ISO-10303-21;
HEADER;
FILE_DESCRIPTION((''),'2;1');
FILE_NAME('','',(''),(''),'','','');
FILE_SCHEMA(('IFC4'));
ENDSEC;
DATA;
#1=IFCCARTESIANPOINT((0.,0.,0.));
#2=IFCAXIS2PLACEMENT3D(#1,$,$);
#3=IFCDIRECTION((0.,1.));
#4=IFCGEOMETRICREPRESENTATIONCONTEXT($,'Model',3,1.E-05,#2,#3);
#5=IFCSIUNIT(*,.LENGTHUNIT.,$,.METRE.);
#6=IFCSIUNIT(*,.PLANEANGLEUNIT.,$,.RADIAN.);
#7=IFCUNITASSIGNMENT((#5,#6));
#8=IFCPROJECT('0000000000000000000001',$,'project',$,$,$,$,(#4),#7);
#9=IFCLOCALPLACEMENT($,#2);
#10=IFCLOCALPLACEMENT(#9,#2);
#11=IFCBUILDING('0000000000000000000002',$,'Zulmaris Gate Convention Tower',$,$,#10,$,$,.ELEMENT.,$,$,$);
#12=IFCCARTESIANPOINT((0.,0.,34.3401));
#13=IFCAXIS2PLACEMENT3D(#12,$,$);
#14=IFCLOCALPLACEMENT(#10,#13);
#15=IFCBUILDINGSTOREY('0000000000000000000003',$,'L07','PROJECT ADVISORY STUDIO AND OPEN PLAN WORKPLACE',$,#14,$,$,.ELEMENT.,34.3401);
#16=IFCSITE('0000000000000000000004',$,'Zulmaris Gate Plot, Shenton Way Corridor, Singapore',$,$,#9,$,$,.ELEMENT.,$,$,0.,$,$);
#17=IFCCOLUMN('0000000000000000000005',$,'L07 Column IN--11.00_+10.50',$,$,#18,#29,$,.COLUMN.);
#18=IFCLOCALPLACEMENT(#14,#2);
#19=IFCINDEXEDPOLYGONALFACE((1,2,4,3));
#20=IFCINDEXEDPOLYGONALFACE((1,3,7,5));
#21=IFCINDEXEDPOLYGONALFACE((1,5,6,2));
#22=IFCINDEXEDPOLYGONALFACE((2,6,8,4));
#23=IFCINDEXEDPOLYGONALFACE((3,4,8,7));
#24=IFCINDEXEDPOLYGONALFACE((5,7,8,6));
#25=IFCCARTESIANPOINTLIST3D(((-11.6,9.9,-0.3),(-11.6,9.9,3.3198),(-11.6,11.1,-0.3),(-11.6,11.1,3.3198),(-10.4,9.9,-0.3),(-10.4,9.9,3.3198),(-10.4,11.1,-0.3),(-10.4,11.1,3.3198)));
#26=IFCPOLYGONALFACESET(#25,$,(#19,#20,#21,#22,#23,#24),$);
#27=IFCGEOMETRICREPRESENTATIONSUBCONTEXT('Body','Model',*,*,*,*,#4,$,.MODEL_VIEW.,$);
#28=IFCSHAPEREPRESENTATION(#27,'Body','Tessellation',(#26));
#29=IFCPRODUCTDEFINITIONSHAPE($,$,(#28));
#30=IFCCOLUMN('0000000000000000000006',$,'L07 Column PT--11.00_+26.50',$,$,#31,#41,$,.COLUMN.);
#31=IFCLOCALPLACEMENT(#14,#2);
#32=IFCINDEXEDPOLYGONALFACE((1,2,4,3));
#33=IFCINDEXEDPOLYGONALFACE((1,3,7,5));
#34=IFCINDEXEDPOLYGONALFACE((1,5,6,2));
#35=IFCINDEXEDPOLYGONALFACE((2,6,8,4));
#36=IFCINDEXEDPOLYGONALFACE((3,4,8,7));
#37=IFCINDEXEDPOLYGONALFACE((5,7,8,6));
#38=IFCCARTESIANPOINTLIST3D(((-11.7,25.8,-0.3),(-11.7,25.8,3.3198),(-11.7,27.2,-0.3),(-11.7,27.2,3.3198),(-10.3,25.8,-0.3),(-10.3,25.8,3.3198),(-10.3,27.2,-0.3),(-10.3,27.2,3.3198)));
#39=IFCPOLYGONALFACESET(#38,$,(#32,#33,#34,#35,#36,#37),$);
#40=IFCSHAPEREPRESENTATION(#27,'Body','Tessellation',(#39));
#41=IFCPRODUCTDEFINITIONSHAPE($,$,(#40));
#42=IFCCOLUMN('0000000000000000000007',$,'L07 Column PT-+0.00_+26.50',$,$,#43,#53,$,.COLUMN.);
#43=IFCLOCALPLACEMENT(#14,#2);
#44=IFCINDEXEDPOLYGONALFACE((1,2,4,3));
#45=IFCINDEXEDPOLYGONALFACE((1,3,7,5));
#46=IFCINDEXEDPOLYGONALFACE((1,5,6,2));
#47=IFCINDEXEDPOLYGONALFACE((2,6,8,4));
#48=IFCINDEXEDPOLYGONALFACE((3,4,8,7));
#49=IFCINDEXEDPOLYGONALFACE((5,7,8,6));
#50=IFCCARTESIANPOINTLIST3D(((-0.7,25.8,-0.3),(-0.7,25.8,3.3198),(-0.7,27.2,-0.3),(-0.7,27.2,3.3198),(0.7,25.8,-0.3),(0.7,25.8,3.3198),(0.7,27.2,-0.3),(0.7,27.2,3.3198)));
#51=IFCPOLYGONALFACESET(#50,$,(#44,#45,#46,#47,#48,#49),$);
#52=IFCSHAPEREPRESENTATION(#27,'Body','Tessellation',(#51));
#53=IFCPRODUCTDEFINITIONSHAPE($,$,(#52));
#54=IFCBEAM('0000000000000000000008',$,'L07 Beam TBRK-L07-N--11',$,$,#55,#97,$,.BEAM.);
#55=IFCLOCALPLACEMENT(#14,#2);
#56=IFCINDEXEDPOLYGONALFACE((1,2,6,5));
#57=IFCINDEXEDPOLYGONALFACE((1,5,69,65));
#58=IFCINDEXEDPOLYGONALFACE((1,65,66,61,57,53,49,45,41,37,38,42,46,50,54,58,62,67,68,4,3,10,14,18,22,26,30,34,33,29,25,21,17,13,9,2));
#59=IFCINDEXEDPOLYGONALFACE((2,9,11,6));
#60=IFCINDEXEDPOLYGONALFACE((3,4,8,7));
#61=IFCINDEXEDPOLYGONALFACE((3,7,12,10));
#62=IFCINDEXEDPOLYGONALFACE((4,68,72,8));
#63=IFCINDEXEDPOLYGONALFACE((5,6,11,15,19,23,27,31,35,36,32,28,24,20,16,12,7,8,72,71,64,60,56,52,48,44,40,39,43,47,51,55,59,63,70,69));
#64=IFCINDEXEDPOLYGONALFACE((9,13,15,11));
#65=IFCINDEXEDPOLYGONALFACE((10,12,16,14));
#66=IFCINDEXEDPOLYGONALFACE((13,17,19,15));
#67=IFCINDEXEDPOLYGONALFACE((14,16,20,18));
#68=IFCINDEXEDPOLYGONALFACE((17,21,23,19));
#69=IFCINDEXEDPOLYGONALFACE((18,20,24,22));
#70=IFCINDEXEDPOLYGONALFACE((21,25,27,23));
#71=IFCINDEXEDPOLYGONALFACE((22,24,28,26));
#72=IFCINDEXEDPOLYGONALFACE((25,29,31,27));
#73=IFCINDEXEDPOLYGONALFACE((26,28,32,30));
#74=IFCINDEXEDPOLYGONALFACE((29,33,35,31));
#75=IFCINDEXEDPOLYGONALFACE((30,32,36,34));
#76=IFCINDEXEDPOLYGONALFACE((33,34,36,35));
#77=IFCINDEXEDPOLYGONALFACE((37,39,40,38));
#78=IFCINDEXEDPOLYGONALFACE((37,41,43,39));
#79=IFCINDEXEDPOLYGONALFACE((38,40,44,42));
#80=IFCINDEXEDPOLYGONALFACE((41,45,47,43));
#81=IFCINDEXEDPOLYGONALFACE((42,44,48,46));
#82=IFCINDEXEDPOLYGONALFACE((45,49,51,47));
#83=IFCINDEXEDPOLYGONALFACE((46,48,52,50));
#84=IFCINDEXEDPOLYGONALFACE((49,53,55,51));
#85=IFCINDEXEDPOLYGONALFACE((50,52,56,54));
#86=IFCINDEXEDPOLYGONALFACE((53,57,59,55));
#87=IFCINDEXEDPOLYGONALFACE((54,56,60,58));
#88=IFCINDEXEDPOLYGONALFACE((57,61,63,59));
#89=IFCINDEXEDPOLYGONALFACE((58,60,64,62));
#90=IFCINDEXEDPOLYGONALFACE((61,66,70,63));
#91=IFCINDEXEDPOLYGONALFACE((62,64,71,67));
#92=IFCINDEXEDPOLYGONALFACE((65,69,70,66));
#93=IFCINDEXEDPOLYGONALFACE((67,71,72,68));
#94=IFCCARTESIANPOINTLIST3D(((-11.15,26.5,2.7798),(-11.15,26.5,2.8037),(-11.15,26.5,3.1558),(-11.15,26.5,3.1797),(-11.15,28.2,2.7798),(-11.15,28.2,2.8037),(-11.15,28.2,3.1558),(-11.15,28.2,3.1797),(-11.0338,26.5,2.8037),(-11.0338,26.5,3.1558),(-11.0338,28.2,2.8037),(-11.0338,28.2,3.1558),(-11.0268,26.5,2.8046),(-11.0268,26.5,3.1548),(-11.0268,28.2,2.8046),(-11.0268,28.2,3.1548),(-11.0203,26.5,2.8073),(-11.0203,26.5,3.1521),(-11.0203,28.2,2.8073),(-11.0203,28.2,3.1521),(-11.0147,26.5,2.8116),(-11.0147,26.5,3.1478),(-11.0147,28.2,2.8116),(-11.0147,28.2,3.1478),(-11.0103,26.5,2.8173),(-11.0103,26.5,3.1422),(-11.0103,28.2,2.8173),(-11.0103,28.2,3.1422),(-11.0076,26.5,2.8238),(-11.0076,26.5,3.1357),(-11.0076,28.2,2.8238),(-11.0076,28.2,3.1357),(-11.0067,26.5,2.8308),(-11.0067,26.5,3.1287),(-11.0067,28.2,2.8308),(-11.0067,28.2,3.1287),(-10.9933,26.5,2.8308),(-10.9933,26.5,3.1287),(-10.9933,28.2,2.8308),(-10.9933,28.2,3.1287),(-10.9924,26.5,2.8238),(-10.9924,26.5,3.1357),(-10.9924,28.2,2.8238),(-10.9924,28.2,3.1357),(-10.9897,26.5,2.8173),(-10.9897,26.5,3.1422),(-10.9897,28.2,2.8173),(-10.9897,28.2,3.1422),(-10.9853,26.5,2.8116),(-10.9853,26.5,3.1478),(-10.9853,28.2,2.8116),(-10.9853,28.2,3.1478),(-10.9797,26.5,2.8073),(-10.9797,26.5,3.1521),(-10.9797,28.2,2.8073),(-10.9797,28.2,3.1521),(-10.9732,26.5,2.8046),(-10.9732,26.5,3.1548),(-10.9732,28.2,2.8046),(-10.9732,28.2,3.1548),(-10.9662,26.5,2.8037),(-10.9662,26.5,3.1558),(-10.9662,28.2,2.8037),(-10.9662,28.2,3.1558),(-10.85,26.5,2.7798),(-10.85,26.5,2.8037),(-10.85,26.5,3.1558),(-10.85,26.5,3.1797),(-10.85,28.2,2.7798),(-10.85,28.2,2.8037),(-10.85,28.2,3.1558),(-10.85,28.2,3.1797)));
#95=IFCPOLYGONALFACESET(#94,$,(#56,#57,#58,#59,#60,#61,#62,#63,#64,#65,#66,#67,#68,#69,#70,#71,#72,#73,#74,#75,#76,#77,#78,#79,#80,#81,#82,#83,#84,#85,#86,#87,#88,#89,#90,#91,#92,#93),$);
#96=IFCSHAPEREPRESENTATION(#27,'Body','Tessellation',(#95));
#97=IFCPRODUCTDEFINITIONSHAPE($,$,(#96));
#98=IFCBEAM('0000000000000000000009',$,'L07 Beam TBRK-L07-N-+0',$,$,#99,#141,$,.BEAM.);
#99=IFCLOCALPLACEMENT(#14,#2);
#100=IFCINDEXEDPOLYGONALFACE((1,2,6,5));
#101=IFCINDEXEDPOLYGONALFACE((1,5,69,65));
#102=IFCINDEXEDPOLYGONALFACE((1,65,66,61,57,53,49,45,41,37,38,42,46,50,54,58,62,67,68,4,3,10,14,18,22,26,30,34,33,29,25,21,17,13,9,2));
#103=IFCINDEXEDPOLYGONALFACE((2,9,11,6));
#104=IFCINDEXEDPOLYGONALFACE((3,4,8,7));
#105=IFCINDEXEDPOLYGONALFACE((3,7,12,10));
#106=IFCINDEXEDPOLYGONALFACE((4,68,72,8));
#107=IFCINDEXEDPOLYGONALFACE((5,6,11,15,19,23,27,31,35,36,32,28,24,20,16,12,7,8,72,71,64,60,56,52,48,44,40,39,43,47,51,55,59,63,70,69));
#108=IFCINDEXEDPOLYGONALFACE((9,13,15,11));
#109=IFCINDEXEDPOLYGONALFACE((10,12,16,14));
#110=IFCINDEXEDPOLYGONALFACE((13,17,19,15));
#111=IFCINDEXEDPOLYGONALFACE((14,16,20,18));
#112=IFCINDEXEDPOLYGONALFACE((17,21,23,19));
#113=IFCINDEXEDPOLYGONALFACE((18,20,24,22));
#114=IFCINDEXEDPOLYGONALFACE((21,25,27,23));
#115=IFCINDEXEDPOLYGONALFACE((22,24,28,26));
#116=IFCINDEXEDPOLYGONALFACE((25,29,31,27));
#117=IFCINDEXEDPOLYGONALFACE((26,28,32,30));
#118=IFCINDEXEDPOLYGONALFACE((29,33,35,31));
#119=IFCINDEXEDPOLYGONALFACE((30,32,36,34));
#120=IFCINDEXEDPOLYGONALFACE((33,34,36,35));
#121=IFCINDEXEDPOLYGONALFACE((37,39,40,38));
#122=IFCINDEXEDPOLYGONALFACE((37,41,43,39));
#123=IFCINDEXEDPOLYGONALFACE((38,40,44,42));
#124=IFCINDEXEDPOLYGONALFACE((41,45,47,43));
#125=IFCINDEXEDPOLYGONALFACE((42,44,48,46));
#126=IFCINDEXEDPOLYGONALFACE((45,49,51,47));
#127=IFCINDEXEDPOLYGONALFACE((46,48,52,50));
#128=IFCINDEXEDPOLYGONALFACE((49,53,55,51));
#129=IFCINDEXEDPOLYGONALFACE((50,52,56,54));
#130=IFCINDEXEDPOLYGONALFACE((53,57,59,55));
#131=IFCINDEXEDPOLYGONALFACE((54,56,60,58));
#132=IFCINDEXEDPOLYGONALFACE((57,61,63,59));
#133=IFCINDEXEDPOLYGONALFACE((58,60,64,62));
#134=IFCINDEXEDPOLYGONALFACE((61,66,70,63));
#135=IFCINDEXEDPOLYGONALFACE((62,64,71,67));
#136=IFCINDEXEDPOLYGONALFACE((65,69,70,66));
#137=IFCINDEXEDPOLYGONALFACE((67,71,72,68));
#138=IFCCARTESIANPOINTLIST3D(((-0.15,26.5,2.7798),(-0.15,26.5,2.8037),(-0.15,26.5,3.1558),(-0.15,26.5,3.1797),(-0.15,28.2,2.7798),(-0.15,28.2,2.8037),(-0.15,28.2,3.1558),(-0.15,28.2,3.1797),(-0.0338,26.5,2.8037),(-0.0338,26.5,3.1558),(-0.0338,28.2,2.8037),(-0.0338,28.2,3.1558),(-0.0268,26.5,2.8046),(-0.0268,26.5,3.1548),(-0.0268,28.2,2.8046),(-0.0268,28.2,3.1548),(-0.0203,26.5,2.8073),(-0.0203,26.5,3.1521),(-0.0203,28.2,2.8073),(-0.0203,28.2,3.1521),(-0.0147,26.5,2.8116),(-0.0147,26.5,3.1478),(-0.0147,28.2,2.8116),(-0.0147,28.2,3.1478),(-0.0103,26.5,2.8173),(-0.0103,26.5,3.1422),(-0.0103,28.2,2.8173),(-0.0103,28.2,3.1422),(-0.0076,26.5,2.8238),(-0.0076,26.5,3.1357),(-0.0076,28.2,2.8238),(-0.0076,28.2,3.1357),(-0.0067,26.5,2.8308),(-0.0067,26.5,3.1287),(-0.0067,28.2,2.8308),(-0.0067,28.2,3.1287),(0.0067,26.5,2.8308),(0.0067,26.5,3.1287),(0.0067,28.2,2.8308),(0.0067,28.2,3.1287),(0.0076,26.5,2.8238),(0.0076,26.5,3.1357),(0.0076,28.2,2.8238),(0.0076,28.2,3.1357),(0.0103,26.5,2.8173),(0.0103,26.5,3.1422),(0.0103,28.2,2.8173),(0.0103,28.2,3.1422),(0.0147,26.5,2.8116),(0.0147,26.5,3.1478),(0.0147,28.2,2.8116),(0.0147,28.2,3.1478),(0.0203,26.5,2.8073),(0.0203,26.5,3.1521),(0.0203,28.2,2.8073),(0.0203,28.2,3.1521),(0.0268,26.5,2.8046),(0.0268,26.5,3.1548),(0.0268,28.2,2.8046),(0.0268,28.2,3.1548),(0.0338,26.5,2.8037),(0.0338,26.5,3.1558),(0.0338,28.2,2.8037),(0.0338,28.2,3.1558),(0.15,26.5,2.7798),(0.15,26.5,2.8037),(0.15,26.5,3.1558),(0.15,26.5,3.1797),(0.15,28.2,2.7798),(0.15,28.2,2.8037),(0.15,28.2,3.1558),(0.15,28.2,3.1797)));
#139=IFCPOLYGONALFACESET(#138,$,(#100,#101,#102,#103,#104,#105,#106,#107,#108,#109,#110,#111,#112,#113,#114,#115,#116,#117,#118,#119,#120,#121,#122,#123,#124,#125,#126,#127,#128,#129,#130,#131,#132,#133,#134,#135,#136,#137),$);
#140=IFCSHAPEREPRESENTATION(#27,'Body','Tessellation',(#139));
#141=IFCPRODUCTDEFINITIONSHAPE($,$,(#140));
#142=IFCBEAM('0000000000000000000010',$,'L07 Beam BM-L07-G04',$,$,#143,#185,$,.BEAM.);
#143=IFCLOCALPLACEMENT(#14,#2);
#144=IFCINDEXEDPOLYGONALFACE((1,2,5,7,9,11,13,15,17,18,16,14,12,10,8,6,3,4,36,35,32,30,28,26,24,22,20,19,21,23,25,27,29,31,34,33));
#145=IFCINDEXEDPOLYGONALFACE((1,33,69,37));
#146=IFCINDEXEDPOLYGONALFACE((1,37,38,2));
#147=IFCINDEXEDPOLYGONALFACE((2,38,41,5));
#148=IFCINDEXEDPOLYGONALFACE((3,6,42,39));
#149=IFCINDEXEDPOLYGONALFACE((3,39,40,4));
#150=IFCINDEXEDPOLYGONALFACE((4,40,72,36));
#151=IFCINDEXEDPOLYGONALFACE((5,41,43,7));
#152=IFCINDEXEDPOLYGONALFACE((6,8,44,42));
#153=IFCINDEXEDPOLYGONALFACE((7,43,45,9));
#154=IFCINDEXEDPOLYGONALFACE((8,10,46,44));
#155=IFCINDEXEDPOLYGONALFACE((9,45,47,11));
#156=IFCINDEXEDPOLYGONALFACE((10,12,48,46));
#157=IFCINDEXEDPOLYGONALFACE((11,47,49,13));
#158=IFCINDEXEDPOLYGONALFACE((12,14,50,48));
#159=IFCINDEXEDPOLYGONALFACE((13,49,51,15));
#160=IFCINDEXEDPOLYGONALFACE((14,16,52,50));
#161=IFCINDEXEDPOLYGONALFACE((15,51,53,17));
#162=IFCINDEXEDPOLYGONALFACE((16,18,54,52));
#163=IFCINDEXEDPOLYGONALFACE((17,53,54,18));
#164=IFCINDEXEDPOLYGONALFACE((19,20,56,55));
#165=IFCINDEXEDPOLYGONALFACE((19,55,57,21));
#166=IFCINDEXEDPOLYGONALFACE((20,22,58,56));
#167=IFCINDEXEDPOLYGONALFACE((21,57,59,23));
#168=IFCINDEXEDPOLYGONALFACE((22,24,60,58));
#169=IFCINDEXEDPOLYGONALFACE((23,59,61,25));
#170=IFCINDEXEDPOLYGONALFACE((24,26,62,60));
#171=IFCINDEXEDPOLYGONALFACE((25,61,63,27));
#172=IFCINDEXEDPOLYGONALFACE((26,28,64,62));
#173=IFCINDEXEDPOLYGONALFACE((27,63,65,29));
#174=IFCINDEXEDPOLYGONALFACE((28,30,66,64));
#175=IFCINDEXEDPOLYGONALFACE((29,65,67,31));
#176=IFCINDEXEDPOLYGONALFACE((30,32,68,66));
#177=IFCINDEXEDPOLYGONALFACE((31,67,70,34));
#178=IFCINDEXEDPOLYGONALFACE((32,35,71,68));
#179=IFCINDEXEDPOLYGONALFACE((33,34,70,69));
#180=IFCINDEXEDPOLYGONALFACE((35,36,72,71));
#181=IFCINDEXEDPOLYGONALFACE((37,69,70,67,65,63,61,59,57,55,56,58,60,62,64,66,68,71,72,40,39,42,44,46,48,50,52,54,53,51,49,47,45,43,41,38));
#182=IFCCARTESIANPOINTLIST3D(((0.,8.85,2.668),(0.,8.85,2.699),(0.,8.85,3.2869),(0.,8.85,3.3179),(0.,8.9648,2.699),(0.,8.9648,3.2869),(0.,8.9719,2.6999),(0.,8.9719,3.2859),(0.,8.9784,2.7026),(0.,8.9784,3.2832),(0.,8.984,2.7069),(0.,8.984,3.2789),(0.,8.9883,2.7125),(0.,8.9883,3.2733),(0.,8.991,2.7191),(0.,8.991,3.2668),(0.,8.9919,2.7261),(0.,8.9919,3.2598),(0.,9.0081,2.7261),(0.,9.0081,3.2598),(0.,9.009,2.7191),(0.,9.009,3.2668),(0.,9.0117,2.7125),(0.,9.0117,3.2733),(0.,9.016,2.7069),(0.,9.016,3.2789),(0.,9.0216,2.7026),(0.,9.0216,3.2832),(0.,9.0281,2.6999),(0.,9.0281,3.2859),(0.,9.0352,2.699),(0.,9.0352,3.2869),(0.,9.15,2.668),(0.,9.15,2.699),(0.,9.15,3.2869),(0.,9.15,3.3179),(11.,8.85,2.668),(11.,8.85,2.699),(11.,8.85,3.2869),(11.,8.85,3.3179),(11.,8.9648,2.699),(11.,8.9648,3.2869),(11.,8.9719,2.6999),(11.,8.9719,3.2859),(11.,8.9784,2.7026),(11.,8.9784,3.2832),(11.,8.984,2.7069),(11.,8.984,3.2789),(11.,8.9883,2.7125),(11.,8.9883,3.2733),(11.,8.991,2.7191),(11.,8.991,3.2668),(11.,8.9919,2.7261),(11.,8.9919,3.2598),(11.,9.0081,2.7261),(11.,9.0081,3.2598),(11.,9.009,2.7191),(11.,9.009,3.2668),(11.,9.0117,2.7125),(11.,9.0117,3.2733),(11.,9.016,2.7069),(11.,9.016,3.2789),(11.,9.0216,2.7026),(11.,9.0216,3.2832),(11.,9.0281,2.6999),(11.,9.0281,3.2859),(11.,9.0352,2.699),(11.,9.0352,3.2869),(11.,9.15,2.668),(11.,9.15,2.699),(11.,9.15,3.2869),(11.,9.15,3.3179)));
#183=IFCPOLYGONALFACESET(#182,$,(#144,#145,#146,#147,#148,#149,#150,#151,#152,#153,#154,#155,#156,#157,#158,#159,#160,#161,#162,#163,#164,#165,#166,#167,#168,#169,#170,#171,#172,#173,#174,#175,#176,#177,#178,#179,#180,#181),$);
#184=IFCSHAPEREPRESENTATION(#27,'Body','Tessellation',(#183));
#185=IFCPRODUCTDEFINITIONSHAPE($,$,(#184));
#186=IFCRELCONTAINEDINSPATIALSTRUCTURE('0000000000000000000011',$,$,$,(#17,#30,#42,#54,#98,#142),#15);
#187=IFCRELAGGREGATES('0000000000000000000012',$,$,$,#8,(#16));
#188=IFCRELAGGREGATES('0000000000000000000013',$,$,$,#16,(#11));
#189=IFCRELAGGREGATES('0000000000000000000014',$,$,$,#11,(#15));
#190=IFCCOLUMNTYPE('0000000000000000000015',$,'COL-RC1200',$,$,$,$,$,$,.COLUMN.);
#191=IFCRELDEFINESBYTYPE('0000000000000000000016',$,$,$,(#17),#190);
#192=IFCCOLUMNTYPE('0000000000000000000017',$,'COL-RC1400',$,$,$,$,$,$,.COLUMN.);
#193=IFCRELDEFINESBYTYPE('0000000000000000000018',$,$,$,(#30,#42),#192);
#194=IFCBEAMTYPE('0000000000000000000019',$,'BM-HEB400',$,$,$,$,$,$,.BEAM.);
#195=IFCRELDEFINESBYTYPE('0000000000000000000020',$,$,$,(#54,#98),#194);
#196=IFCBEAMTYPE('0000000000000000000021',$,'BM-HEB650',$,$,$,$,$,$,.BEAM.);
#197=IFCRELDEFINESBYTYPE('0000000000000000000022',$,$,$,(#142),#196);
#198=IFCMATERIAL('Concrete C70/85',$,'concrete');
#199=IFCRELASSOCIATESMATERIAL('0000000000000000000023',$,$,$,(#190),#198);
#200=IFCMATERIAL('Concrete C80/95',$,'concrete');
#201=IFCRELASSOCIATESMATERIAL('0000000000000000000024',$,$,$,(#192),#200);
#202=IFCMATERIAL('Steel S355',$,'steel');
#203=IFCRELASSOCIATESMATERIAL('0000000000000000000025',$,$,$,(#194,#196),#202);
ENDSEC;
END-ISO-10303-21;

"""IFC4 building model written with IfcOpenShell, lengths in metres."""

from ifc_helpers import new_model, si_unit, direction, frame, origin, origin_2d, place, context, subcontext, project, spatial, rectangle, i_section, extrude, material, material_profile, profile_set, type_object, element, save


model = new_model("IFC4")

# Units and contexts
model_context = context("Model", 3, precision=1e-05, world=origin(), true_north=direction((0.0, 1.0)))
body_context = subcontext(model_context, "Body", "Model", "MODEL_VIEW")
ifc_project = project(units=[si_unit("LENGTHUNIT", "METRE"), si_unit("PLANEANGLEUNIT", "RADIAN")], contexts=[model_context])

# Site, building, storey
site_placement = place(None, origin())
site = spatial("IfcSite", under=ifc_project, at=site_placement, Name="Zulmaris Gate Plot, Shenton Way Corridor, Singapore", CompositionType="ELEMENT", RefElevation=0.0)
building_placement = place(site_placement, origin())
building = spatial("IfcBuilding", under=site, at=building_placement, Name="Zulmaris Gate Convention Tower", CompositionType="ELEMENT")
storey_placement = place(building_placement, frame((0.0, 0.0, 34.3401)))
storey = spatial("IfcBuildingStorey", under=building, at=storey_placement, Name="L07", Description="PROJECT ADVISORY STUDIO AND OPEN PLAN WORKPLACE", CompositionType="ELEMENT", Elevation=34.3401)

# Columns
ifc_material_1 = material(Name="Concrete C70/85", Category="concrete")
ifc_material_profile_1 = material_profile(ifc_material_1, rectangle(XDim=1.2, YDim=1.2, at=origin_2d()), Name="RC COL 1200x1200")
ifc_profile_set_1 = profile_set([ifc_material_profile_1], Name="Concrete C70/85")
column_type_1 = type_object("IfcColumnType", Name="COL-RC1200", PredefinedType="COLUMN", material=ifc_profile_set_1)
column_placement = place(storey_placement, frame((-11.0, 10.5, -0.3), z_axis=(0.0, 0.0, 1.0), x_axis=(1.0, 0.0, 0.0)))
element("IfcColumn", 1, at=column_placement, inside=storey, type_object=column_type_1, Name="L07 Column IN--11.00_+10.50", PredefinedType="COLUMN", context=body_context, shape_type="SweptSolid", body=[
    extrude(rectangle(XDim=1.2, YDim=1.2, at=origin_2d()), origin(), (0.0, 0.0, 1.0), 3.6199),
])
ifc_material_2 = material(Name="Concrete C80/95", Category="concrete")
ifc_material_profile_2 = material_profile(ifc_material_2, rectangle(XDim=1.3999, YDim=1.3999, at=origin_2d()), Name="RC COL 1400x1400")
ifc_profile_set_2 = profile_set([ifc_material_profile_2], Name="Concrete C80/95")
column_type_2 = type_object("IfcColumnType", Name="COL-RC1400", PredefinedType="COLUMN", material=ifc_profile_set_2)
for number, where, z_axis, x_axis, name in (
    (2, (-11.0, 26.5, -0.3), (0.0, 0.0, 1.0), (1.0, 0.0, 0.0), "L07 Column PT--11.00_+26.50"),
    (3, (0.0, 26.5, -0.3), (0.0, 0.0, 1.0), (1.0, 0.0, 0.0), "L07 Column PT-+0.00_+26.50"),
):
    element("IfcColumn", number, at=place(storey_placement, frame(where, z_axis=z_axis, x_axis=x_axis)), inside=storey, type_object=column_type_2, Name=name, PredefinedType="COLUMN", context=body_context, shape_type="SweptSolid", body=[
        extrude(rectangle(XDim=1.3999, YDim=1.3999, at=origin_2d()), origin(), (0.0, 0.0, 1.0), 3.6199),
    ])

# Beams
ifc_material_3 = material(Name="Steel S355", Category="steel")
ifc_material_profile_3 = material_profile(ifc_material_3, i_section(OverallWidth=0.3, OverallDepth=0.3999, WebThickness=0.0134, FlangeThickness=0.0239, FilletRadius=0.0271, at=origin_2d()), Name="HEB 400")
ifc_profile_set_3 = profile_set([ifc_material_profile_3], Name="Steel S355")
beam_type_1 = type_object("IfcBeamType", Name="BM-HEB400", PredefinedType="BEAM", material=ifc_profile_set_3)
for number, where, z_axis, x_axis, name in (
    (4, (-11.0, 26.5, 2.9797), (0.0, 1.0, 0.0), (-1.0, 0.0, 0.0), "L07 Beam TBRK-L07-N--11"),
    (5, (0.0, 26.5, 2.9797), (0.0, 1.0, 0.0), (-1.0, 0.0, 0.0), "L07 Beam TBRK-L07-N-+0"),
):
    element("IfcBeam", number, at=place(storey_placement, frame(where, z_axis=z_axis, x_axis=x_axis)), inside=storey, type_object=beam_type_1, Name=name, PredefinedType="BEAM", context=body_context, shape_type="SweptSolid", body=[
        extrude(i_section(OverallWidth=0.3, OverallDepth=0.3999, WebThickness=0.0134, FlangeThickness=0.0239, FilletRadius=0.0271, at=origin_2d()), origin(), (0.0, 0.0, 1.0), 1.7),
    ])
ifc_material_profile_4 = material_profile(ifc_material_3, i_section(OverallWidth=0.3, OverallDepth=0.6499, WebThickness=0.0161, FlangeThickness=0.031, FilletRadius=0.0271, at=origin_2d()), Name="HEB 650")
ifc_profile_set_4 = profile_set([ifc_material_profile_4], Name="Steel S355")
beam_type_2 = type_object("IfcBeamType", Name="BM-HEB650", PredefinedType="BEAM", material=ifc_profile_set_4)
beam_1_placement = place(storey_placement, frame((0.0, 9.0, 2.9929), z_axis=(1.0, 0.0, 0.0), x_axis=(0.0, 1.0, 0.0)))
element("IfcBeam", 6, at=beam_1_placement, inside=storey, type_object=beam_type_2, Name="L07 Beam BM-L07-G04", PredefinedType="BEAM", context=body_context, shape_type="SweptSolid", body=[
    extrude(i_section(OverallWidth=0.3, OverallDepth=0.6499, WebThickness=0.0161, FlangeThickness=0.031, FilletRadius=0.0271, at=origin_2d()), origin(), (0.0, 0.0, 1.0), 11.0),
])

save(model, "model.ifc")
